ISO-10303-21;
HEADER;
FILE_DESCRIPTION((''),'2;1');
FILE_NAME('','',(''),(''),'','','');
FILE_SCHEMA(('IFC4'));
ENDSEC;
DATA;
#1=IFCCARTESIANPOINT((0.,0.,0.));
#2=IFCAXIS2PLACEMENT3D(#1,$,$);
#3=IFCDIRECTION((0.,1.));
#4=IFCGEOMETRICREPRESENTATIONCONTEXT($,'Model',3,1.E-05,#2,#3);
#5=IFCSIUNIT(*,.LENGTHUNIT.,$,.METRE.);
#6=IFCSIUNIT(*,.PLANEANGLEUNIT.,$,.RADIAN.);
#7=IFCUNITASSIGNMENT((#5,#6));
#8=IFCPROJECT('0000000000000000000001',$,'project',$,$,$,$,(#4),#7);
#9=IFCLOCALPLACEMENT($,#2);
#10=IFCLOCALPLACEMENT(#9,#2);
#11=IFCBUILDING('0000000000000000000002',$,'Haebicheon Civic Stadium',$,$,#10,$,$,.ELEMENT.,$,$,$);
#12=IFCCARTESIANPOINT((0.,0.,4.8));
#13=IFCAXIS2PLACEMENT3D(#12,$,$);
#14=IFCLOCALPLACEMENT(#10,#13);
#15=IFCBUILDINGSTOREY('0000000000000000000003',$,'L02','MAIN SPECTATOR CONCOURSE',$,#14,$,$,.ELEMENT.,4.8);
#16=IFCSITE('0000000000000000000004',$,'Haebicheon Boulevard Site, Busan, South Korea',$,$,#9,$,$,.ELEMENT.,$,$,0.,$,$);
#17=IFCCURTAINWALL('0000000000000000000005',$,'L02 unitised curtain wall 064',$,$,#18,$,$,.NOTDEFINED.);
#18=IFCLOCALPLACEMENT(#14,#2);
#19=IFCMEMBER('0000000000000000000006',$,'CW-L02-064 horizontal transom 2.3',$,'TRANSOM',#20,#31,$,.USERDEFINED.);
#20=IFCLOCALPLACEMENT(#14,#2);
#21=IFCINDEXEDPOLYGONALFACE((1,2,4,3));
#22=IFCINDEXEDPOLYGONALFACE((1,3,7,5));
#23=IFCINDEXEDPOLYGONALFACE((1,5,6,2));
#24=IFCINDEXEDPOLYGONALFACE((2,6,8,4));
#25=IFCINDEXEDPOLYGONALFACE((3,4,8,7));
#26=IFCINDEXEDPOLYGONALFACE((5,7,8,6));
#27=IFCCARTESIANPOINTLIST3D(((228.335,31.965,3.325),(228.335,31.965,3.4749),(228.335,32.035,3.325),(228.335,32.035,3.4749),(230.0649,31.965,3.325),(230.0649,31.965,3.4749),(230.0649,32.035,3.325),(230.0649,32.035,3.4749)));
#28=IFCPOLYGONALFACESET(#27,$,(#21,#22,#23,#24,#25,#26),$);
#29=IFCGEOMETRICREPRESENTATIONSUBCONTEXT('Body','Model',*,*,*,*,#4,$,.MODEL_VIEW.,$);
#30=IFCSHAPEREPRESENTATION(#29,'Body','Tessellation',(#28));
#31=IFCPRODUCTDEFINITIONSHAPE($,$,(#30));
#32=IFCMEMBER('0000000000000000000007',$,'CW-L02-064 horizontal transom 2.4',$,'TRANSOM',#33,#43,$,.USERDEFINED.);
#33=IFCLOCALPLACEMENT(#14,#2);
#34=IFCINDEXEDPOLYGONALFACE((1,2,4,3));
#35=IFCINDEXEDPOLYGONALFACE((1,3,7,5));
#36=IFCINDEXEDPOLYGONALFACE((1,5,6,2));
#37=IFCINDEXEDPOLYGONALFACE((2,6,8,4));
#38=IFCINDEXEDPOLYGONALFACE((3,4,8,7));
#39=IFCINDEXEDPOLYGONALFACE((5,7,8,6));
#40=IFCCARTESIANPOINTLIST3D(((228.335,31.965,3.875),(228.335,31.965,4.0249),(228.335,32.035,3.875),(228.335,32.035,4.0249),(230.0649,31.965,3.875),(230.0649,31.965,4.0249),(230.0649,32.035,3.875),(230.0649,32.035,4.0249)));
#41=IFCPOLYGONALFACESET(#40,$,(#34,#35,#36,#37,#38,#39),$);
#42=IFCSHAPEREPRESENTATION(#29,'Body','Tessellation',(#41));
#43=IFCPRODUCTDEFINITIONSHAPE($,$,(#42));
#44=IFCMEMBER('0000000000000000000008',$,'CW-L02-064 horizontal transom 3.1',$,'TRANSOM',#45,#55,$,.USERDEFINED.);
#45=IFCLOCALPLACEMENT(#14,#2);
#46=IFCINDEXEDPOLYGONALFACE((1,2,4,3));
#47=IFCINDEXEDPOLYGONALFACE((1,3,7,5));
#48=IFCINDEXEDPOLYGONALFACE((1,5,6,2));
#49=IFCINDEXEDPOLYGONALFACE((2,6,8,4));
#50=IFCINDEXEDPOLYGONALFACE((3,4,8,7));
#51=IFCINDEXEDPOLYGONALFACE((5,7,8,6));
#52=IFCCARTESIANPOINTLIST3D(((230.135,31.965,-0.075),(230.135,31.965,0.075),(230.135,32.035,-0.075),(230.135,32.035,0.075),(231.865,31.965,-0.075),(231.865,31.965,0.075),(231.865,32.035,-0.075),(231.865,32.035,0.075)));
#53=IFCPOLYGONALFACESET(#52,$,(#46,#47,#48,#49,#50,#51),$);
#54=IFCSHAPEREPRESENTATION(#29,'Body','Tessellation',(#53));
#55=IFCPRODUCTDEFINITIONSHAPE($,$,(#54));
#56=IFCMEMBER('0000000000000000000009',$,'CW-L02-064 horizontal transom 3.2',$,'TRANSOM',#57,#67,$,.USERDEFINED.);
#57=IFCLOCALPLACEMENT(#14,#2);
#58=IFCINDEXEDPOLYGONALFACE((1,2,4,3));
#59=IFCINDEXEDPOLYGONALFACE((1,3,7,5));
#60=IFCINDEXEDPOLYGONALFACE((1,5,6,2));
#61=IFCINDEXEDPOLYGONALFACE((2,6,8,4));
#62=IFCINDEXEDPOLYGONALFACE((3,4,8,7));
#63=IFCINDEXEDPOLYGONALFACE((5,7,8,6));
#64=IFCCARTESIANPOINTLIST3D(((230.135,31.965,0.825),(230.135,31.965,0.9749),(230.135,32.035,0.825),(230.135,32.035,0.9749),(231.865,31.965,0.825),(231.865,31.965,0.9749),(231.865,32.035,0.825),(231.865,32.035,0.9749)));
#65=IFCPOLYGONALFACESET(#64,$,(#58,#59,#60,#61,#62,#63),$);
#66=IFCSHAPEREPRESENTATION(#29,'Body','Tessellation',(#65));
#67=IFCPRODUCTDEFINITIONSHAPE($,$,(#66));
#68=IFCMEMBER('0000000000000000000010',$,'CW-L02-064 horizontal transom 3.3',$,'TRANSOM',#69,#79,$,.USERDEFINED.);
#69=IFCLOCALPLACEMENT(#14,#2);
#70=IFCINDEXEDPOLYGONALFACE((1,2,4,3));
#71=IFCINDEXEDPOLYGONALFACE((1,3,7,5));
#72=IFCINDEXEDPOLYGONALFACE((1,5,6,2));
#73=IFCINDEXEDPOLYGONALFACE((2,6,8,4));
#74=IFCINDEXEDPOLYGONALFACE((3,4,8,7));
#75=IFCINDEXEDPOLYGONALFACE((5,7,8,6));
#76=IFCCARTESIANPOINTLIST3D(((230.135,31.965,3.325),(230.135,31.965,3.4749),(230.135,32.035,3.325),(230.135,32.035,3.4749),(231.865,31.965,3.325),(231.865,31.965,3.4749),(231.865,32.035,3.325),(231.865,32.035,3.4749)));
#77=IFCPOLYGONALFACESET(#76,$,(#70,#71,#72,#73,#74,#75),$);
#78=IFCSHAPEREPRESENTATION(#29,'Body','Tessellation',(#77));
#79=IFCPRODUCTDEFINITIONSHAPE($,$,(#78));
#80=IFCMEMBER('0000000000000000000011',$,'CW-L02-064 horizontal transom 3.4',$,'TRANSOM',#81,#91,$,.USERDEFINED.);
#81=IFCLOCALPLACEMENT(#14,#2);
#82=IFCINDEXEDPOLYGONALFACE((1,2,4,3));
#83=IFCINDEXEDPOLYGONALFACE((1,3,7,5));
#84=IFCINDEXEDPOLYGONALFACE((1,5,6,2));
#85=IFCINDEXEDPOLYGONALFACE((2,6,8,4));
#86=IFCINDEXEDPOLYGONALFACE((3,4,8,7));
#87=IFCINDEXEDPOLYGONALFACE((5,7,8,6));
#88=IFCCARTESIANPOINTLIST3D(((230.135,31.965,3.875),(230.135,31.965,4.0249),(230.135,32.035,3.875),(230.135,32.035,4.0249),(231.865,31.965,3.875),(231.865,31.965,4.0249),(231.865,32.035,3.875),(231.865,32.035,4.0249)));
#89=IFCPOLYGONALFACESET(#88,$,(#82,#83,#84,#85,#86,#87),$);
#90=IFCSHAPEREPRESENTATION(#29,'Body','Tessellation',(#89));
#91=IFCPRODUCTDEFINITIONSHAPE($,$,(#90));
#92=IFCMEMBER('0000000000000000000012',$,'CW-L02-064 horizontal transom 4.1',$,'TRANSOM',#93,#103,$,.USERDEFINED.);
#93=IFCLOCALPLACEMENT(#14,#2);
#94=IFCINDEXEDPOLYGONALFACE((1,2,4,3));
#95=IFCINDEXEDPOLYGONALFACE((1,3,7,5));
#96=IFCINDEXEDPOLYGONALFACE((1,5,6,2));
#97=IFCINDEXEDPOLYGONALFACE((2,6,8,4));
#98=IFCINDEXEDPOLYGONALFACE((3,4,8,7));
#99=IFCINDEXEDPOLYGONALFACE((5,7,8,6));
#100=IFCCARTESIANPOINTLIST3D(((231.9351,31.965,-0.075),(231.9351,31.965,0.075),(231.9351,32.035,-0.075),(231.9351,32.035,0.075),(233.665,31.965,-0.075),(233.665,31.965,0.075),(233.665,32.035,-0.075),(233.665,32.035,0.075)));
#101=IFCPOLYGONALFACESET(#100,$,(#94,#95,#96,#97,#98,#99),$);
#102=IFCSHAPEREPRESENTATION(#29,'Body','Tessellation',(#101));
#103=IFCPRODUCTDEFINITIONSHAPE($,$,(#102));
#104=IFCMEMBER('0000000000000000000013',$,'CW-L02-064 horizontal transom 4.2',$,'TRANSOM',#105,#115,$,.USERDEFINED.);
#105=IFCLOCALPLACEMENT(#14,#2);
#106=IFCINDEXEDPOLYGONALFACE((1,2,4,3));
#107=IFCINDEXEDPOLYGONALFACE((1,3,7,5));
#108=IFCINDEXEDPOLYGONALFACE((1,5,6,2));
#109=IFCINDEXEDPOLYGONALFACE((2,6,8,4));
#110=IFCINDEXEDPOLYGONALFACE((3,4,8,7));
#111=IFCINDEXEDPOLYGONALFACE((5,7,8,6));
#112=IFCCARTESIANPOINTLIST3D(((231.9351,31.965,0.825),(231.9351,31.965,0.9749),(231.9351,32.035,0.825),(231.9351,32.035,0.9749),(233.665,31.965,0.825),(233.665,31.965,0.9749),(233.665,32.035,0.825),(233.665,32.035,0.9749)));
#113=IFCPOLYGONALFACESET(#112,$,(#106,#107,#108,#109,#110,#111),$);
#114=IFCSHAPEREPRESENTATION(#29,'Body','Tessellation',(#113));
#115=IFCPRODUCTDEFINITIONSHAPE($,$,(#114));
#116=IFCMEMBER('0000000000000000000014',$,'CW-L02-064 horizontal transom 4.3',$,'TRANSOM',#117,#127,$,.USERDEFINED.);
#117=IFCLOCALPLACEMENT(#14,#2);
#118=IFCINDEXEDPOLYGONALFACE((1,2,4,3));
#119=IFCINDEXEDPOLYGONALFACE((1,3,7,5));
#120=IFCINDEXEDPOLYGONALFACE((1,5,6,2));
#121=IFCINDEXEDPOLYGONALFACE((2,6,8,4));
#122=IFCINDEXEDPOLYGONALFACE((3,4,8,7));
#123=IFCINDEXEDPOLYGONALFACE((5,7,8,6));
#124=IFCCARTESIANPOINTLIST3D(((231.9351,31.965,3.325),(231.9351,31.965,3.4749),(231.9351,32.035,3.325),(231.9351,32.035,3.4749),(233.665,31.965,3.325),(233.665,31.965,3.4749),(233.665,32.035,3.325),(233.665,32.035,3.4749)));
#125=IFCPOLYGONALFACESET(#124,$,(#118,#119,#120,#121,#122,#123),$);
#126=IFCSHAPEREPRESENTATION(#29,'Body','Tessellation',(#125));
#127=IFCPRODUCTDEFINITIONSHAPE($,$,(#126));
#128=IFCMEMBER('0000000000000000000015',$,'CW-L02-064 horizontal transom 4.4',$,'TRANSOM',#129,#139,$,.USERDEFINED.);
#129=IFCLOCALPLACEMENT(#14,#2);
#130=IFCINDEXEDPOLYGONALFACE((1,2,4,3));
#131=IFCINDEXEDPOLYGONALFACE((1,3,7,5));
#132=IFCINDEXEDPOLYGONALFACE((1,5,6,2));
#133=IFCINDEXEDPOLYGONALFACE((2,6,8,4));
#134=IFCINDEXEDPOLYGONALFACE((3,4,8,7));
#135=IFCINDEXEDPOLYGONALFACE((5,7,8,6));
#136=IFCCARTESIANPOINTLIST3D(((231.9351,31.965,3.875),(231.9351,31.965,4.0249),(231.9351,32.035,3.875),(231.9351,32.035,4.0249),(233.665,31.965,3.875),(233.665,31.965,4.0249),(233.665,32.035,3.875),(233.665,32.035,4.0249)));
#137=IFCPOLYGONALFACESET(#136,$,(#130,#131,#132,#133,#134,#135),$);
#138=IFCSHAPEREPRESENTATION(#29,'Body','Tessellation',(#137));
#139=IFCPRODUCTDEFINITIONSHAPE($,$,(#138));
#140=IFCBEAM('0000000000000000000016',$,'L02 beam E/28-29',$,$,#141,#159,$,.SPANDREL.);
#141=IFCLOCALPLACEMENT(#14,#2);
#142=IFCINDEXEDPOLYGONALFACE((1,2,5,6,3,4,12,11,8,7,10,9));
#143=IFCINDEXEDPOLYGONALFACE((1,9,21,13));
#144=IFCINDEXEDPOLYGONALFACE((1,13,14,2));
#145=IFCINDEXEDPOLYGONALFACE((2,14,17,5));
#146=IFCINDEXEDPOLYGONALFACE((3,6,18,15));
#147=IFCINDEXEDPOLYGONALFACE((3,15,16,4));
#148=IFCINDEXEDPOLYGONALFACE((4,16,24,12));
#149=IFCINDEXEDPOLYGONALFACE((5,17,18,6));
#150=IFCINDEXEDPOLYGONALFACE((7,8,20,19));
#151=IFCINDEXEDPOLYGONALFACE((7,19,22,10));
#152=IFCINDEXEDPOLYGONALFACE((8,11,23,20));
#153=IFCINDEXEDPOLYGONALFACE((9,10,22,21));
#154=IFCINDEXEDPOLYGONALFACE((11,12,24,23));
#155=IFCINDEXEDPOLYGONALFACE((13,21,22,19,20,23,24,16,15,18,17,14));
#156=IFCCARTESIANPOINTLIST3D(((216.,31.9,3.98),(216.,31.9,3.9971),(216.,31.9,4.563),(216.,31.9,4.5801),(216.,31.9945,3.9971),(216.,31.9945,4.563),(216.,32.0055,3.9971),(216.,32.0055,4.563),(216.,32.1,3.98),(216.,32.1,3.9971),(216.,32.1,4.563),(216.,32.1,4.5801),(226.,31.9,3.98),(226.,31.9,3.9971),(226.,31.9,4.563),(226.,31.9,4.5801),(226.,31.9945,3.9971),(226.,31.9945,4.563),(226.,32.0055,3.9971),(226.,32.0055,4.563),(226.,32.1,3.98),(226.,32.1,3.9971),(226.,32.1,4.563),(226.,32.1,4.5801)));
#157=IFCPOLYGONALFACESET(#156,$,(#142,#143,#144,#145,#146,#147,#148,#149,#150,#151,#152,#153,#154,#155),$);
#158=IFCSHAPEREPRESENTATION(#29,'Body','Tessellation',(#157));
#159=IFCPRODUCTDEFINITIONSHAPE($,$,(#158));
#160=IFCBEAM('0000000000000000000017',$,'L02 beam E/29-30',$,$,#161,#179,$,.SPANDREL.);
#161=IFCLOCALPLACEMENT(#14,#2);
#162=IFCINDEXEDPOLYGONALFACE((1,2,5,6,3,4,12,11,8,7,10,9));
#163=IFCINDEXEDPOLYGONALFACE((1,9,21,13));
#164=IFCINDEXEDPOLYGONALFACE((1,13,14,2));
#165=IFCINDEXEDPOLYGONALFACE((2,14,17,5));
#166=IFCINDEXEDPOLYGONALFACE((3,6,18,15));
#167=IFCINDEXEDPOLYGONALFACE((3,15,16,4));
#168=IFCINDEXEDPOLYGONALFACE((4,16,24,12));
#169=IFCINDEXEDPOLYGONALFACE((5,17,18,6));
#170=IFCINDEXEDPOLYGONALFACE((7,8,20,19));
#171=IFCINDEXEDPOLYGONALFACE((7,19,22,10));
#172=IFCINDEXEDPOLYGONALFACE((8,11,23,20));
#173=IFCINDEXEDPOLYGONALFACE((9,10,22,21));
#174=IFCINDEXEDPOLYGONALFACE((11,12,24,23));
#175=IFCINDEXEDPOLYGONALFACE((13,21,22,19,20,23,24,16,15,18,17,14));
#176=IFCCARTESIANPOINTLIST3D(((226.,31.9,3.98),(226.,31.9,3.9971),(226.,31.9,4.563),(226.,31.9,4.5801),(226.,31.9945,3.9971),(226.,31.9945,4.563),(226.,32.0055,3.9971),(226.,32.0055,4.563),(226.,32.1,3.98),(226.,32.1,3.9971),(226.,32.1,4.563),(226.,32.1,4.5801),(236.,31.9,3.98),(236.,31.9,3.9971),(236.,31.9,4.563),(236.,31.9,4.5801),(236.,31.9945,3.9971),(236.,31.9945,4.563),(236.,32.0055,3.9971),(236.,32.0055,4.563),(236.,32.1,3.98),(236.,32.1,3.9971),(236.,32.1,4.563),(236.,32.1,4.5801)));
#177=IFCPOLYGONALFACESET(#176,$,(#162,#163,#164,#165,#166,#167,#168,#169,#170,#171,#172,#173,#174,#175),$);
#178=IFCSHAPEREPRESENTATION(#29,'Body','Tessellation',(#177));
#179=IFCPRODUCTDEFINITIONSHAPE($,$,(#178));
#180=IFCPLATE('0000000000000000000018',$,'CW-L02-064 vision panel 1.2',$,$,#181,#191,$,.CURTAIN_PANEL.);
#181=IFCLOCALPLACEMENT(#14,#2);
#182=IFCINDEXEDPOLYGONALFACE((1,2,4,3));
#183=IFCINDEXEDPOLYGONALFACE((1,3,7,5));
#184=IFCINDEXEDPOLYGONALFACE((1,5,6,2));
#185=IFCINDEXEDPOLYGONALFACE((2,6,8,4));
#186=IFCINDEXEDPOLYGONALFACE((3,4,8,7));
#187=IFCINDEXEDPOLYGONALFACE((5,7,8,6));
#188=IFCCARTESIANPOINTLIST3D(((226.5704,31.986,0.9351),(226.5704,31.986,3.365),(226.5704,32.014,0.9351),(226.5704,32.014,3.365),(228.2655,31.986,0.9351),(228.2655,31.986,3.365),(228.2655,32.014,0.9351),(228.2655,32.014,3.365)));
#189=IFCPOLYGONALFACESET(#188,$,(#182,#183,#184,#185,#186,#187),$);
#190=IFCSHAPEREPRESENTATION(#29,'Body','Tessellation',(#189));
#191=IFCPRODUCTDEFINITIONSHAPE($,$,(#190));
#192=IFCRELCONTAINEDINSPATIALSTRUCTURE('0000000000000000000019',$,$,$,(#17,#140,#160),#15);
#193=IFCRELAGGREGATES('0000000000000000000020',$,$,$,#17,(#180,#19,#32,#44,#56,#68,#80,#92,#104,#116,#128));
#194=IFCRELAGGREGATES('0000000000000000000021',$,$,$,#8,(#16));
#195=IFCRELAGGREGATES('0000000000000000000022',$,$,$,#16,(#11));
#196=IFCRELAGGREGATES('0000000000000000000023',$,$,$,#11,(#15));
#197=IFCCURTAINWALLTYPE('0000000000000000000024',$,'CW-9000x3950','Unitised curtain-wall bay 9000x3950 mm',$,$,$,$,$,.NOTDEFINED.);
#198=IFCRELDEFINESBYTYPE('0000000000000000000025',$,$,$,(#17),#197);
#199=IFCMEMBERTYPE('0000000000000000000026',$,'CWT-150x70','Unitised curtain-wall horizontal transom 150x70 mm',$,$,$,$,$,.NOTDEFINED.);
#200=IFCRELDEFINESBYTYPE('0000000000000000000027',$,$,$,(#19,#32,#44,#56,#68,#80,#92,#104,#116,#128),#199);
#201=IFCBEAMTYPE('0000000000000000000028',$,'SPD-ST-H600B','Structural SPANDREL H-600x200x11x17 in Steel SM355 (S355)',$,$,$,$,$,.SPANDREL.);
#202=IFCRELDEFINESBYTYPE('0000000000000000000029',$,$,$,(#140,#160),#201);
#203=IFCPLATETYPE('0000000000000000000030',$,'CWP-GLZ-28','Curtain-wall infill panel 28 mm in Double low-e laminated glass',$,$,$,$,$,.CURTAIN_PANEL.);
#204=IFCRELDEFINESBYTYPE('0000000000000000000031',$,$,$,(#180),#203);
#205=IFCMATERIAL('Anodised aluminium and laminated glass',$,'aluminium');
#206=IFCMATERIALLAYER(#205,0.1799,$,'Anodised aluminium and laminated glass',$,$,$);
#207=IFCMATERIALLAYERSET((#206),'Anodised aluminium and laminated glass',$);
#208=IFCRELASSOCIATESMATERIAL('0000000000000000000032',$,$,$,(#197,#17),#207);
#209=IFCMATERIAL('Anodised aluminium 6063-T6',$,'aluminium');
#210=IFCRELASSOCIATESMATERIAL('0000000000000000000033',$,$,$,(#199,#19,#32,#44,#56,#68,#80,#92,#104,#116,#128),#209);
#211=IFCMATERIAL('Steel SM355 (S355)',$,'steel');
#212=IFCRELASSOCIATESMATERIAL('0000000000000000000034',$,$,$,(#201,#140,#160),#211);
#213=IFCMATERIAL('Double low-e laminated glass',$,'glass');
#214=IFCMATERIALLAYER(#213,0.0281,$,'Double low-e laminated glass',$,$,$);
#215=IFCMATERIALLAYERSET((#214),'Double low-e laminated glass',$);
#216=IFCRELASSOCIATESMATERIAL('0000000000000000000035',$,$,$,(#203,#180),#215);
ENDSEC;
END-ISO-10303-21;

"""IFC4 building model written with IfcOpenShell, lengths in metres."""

from ifc_helpers import new_model, si_unit, direction, frame, origin, origin_2d, place, context, subcontext, project, spatial, rectangle, i_section, extrude, material, layer, layer_set, material_profile, profile_set, type_object, element, aggregate, save


model = new_model("IFC4")

# Units and contexts
model_context = context("Model", 3, precision=1e-05, world=origin(), true_north=direction((0.0, 1.0)))
body_context = subcontext(model_context, "Body", "Model", "MODEL_VIEW")
ifc_project = project(units=[si_unit("LENGTHUNIT", "METRE"), si_unit("PLANEANGLEUNIT", "RADIAN")], contexts=[model_context])

# Site, building, storey
site_placement = place(None, origin())
site = spatial("IfcSite", under=ifc_project, at=site_placement, Name="Haebicheon Boulevard Site, Busan, South Korea", CompositionType="ELEMENT", RefElevation=0.0)
building_placement = place(site_placement, origin())
building = spatial("IfcBuilding", under=site, at=building_placement, Name="Haebicheon Civic Stadium", CompositionType="ELEMENT")
storey_placement = place(building_placement, frame((0.0, 0.0, 4.8)))
storey = spatial("IfcBuildingStorey", under=building, at=storey_placement, Name="L02", Description="MAIN SPECTATOR CONCOURSE", CompositionType="ELEMENT", Elevation=4.8)

# Curtain wall, members
ifc_material_1 = material(Name="Anodised aluminium and laminated glass", Category="aluminium")
ifc_layer_1 = layer(ifc_material_1, 0.1799, Name="Anodised aluminium and laminated glass")
ifc_layer_set_1 = layer_set([ifc_layer_1], Name="Anodised aluminium and laminated glass")
curtain_wall_type = type_object("IfcCurtainWallType", Name="CW-9000x3950", Description="Unitised curtain-wall bay 9000x3950 mm", PredefinedType="NOTDEFINED", material=ifc_layer_set_1)
curtain_wall_placement = place(storey_placement, origin())
curtain_wall = element("IfcCurtainWall", 1, at=curtain_wall_placement, inside=storey, type_object=curtain_wall_type, material=ifc_layer_set_1, Name="L02 unitised curtain wall 064", PredefinedType="NOTDEFINED")
ifc_material_2 = material(Name="Anodised aluminium 6063-T6", Category="aluminium")
ifc_material_profile_1 = material_profile(ifc_material_2, rectangle(XDim=0.0701, YDim=0.1499, at=origin_2d()), Name="ALU-TRAN-70x150")
ifc_profile_set_1 = profile_set([ifc_material_profile_1], Name="Anodised aluminium 6063-T6")
member_type_1 = type_object("IfcMemberType", Name="CWT-150x70", Description="Unitised curtain-wall horizontal transom 150x70 mm", PredefinedType="NOTDEFINED", material=ifc_profile_set_1)
member_1_placement = place(storey_placement, frame((228.335, 32.0, 3.3999), z_axis=(1.0, 0.0, 0.0), x_axis=(0.0, 1.0, 0.0)))
member_1 = element("IfcMember", 2, at=member_1_placement, type_object=member_type_1, material=ifc_profile_set_1, Name="CW-L02-064 horizontal transom 2.3", ObjectType="TRANSOM", PredefinedType="USERDEFINED", context=body_context, shape_type="SweptSolid", body=[
    extrude(rectangle(XDim=0.0701, YDim=0.1499, at=origin_2d()), origin(), (0.0, 0.0, 1.0), 1.73),
])
member_2_placement = place(storey_placement, frame((228.335, 32.0, 3.95), z_axis=(1.0, 0.0, 0.0), x_axis=(0.0, 1.0, 0.0)))
member_2 = element("IfcMember", 3, at=member_2_placement, type_object=member_type_1, material=ifc_profile_set_1, Name="CW-L02-064 horizontal transom 2.4", ObjectType="TRANSOM", PredefinedType="USERDEFINED", context=body_context, shape_type="SweptSolid", body=[
    extrude(rectangle(XDim=0.0701, YDim=0.1499, at=origin_2d()), origin(), (0.0, 0.0, 1.0), 1.73),
])
member_3_placement = place(storey_placement, frame((230.135, 32.0, 0.0), z_axis=(1.0, 0.0, 0.0), x_axis=(0.0, 1.0, 0.0)))
member_3 = element("IfcMember", 4, at=member_3_placement, type_object=member_type_1, material=ifc_profile_set_1, Name="CW-L02-064 horizontal transom 3.1", ObjectType="TRANSOM", PredefinedType="USERDEFINED", context=body_context, shape_type="SweptSolid", body=[
    extrude(rectangle(XDim=0.0701, YDim=0.1499, at=origin_2d()), origin(), (0.0, 0.0, 1.0), 1.73),
])
member_4_placement = place(storey_placement, frame((230.135, 32.0, 0.8999), z_axis=(1.0, 0.0, 0.0), x_axis=(0.0, 1.0, 0.0)))
member_4 = element("IfcMember", 5, at=member_4_placement, type_object=member_type_1, material=ifc_profile_set_1, Name="CW-L02-064 horizontal transom 3.2", ObjectType="TRANSOM", PredefinedType="USERDEFINED", context=body_context, shape_type="SweptSolid", body=[
    extrude(rectangle(XDim=0.0701, YDim=0.1499, at=origin_2d()), origin(), (0.0, 0.0, 1.0), 1.73),
])
member_5_placement = place(storey_placement, frame((230.135, 32.0, 3.3999), z_axis=(1.0, 0.0, 0.0), x_axis=(0.0, 1.0, 0.0)))
member_5 = element("IfcMember", 6, at=member_5_placement, type_object=member_type_1, material=ifc_profile_set_1, Name="CW-L02-064 horizontal transom 3.3", ObjectType="TRANSOM", PredefinedType="USERDEFINED", context=body_context, shape_type="SweptSolid", body=[
    extrude(rectangle(XDim=0.0701, YDim=0.1499, at=origin_2d()), origin(), (0.0, 0.0, 1.0), 1.73),
])
member_6_placement = place(storey_placement, frame((230.135, 32.0, 3.95), z_axis=(1.0, 0.0, 0.0), x_axis=(0.0, 1.0, 0.0)))
member_6 = element("IfcMember", 7, at=member_6_placement, type_object=member_type_1, material=ifc_profile_set_1, Name="CW-L02-064 horizontal transom 3.4", ObjectType="TRANSOM", PredefinedType="USERDEFINED", context=body_context, shape_type="SweptSolid", body=[
    extrude(rectangle(XDim=0.0701, YDim=0.1499, at=origin_2d()), origin(), (0.0, 0.0, 1.0), 1.73),
])
member_7_placement = place(storey_placement, frame((231.9351, 32.0, 0.0), z_axis=(1.0, 0.0, 0.0), x_axis=(0.0, 1.0, 0.0)))
member_7 = element("IfcMember", 8, at=member_7_placement, type_object=member_type_1, material=ifc_profile_set_1, Name="CW-L02-064 horizontal transom 4.1", ObjectType="TRANSOM", PredefinedType="USERDEFINED", context=body_context, shape_type="SweptSolid", body=[
    extrude(rectangle(XDim=0.0701, YDim=0.1499, at=origin_2d()), origin(), (0.0, 0.0, 1.0), 1.73),
])
member_8_placement = place(storey_placement, frame((231.9351, 32.0, 0.8999), z_axis=(1.0, 0.0, 0.0), x_axis=(0.0, 1.0, 0.0)))
member_8 = element("IfcMember", 9, at=member_8_placement, type_object=member_type_1, material=ifc_profile_set_1, Name="CW-L02-064 horizontal transom 4.2", ObjectType="TRANSOM", PredefinedType="USERDEFINED", context=body_context, shape_type="SweptSolid", body=[
    extrude(rectangle(XDim=0.0701, YDim=0.1499, at=origin_2d()), origin(), (0.0, 0.0, 1.0), 1.73),
])
member_9_placement = place(storey_placement, frame((231.9351, 32.0, 3.3999), z_axis=(1.0, 0.0, 0.0), x_axis=(0.0, 1.0, 0.0)))
member_9 = element("IfcMember", 10, at=member_9_placement, type_object=member_type_1, material=ifc_profile_set_1, Name="CW-L02-064 horizontal transom 4.3", ObjectType="TRANSOM", PredefinedType="USERDEFINED", context=body_context, shape_type="SweptSolid", body=[
    extrude(rectangle(XDim=0.0701, YDim=0.1499, at=origin_2d()), origin(), (0.0, 0.0, 1.0), 1.73),
])
member_10_placement = place(storey_placement, frame((231.9351, 32.0, 3.95), z_axis=(1.0, 0.0, 0.0), x_axis=(0.0, 1.0, 0.0)))
member_10 = element("IfcMember", 11, at=member_10_placement, type_object=member_type_1, material=ifc_profile_set_1, Name="CW-L02-064 horizontal transom 4.4", ObjectType="TRANSOM", PredefinedType="USERDEFINED", context=body_context, shape_type="SweptSolid", body=[
    extrude(rectangle(XDim=0.0701, YDim=0.1499, at=origin_2d()), origin(), (0.0, 0.0, 1.0), 1.73),
])

# Beams
ifc_material_3 = material(Name="Steel SM355 (S355)", Category="steel")
ifc_material_profile_2 = material_profile(ifc_material_3, i_section(OverallWidth=0.2, OverallDepth=0.6001, WebThickness=0.011, FlangeThickness=0.0171, at=origin_2d()), Name="H-600x200x11x17")
ifc_profile_set_2 = profile_set([ifc_material_profile_2], Name="Steel SM355 (S355)")
beam_type_1 = type_object("IfcBeamType", Name="SPD-ST-H600B", Description="Structural SPANDREL H-600x200x11x17 in Steel SM355 (S355)", PredefinedType="SPANDREL", material=ifc_profile_set_2)
for number, where, z_axis, x_axis, name in (
    (12, (216.0, 32.0, 4.28), (1.0, 0.0, 0.0), (0.0, 1.0, 0.0), "L02 beam E/28-29"),
    (13, (226.0, 32.0, 4.28), (1.0, 0.0, 0.0), (0.0, 1.0, 0.0), "L02 beam E/29-30"),
):
    element("IfcBeam", number, at=place(storey_placement, frame(where, z_axis=z_axis, x_axis=x_axis)), inside=storey, type_object=beam_type_1, material=ifc_profile_set_2, Name=name, PredefinedType="SPANDREL", context=body_context, shape_type="SweptSolid", body=[
        extrude(i_section(OverallWidth=0.2, OverallDepth=0.6001, WebThickness=0.011, FlangeThickness=0.0171, at=origin_2d()), origin(), (0.0, 0.0, 1.0), 10.0),
    ])

# Plate
ifc_material_4 = material(Name="Double low-e laminated glass", Category="glass")
ifc_layer_2 = layer(ifc_material_4, 0.0281, Name="Double low-e laminated glass")
ifc_layer_set_2 = layer_set([ifc_layer_2], Name="Double low-e laminated glass")
plate_type_1 = type_object("IfcPlateType", Name="CWP-GLZ-28", Description="Curtain-wall infill panel 28 mm in Double low-e laminated glass", PredefinedType="CURTAIN_PANEL", material=ifc_layer_set_2)
plate_1_placement = place(storey_placement, frame((227.418, 32.0, 0.9351), z_axis=(0.0, 0.0, 1.0), x_axis=(1.0, 0.0, 0.0)))
plate_1 = element("IfcPlate", 14, at=plate_1_placement, type_object=plate_type_1, material=ifc_layer_set_2, Name="CW-L02-064 vision panel 1.2", PredefinedType="CURTAIN_PANEL", context=body_context, shape_type="SweptSolid", body=[
    extrude(rectangle(XDim=1.6951, YDim=0.0281, at=origin_2d()), origin(), (0.0, 0.0, 1.0), 2.4299),
])
aggregate(curtain_wall, [plate_1, member_1, member_2, member_3, member_4, member_5, member_6, member_7, member_8, member_9, member_10])

save(model, "model.ifc")
